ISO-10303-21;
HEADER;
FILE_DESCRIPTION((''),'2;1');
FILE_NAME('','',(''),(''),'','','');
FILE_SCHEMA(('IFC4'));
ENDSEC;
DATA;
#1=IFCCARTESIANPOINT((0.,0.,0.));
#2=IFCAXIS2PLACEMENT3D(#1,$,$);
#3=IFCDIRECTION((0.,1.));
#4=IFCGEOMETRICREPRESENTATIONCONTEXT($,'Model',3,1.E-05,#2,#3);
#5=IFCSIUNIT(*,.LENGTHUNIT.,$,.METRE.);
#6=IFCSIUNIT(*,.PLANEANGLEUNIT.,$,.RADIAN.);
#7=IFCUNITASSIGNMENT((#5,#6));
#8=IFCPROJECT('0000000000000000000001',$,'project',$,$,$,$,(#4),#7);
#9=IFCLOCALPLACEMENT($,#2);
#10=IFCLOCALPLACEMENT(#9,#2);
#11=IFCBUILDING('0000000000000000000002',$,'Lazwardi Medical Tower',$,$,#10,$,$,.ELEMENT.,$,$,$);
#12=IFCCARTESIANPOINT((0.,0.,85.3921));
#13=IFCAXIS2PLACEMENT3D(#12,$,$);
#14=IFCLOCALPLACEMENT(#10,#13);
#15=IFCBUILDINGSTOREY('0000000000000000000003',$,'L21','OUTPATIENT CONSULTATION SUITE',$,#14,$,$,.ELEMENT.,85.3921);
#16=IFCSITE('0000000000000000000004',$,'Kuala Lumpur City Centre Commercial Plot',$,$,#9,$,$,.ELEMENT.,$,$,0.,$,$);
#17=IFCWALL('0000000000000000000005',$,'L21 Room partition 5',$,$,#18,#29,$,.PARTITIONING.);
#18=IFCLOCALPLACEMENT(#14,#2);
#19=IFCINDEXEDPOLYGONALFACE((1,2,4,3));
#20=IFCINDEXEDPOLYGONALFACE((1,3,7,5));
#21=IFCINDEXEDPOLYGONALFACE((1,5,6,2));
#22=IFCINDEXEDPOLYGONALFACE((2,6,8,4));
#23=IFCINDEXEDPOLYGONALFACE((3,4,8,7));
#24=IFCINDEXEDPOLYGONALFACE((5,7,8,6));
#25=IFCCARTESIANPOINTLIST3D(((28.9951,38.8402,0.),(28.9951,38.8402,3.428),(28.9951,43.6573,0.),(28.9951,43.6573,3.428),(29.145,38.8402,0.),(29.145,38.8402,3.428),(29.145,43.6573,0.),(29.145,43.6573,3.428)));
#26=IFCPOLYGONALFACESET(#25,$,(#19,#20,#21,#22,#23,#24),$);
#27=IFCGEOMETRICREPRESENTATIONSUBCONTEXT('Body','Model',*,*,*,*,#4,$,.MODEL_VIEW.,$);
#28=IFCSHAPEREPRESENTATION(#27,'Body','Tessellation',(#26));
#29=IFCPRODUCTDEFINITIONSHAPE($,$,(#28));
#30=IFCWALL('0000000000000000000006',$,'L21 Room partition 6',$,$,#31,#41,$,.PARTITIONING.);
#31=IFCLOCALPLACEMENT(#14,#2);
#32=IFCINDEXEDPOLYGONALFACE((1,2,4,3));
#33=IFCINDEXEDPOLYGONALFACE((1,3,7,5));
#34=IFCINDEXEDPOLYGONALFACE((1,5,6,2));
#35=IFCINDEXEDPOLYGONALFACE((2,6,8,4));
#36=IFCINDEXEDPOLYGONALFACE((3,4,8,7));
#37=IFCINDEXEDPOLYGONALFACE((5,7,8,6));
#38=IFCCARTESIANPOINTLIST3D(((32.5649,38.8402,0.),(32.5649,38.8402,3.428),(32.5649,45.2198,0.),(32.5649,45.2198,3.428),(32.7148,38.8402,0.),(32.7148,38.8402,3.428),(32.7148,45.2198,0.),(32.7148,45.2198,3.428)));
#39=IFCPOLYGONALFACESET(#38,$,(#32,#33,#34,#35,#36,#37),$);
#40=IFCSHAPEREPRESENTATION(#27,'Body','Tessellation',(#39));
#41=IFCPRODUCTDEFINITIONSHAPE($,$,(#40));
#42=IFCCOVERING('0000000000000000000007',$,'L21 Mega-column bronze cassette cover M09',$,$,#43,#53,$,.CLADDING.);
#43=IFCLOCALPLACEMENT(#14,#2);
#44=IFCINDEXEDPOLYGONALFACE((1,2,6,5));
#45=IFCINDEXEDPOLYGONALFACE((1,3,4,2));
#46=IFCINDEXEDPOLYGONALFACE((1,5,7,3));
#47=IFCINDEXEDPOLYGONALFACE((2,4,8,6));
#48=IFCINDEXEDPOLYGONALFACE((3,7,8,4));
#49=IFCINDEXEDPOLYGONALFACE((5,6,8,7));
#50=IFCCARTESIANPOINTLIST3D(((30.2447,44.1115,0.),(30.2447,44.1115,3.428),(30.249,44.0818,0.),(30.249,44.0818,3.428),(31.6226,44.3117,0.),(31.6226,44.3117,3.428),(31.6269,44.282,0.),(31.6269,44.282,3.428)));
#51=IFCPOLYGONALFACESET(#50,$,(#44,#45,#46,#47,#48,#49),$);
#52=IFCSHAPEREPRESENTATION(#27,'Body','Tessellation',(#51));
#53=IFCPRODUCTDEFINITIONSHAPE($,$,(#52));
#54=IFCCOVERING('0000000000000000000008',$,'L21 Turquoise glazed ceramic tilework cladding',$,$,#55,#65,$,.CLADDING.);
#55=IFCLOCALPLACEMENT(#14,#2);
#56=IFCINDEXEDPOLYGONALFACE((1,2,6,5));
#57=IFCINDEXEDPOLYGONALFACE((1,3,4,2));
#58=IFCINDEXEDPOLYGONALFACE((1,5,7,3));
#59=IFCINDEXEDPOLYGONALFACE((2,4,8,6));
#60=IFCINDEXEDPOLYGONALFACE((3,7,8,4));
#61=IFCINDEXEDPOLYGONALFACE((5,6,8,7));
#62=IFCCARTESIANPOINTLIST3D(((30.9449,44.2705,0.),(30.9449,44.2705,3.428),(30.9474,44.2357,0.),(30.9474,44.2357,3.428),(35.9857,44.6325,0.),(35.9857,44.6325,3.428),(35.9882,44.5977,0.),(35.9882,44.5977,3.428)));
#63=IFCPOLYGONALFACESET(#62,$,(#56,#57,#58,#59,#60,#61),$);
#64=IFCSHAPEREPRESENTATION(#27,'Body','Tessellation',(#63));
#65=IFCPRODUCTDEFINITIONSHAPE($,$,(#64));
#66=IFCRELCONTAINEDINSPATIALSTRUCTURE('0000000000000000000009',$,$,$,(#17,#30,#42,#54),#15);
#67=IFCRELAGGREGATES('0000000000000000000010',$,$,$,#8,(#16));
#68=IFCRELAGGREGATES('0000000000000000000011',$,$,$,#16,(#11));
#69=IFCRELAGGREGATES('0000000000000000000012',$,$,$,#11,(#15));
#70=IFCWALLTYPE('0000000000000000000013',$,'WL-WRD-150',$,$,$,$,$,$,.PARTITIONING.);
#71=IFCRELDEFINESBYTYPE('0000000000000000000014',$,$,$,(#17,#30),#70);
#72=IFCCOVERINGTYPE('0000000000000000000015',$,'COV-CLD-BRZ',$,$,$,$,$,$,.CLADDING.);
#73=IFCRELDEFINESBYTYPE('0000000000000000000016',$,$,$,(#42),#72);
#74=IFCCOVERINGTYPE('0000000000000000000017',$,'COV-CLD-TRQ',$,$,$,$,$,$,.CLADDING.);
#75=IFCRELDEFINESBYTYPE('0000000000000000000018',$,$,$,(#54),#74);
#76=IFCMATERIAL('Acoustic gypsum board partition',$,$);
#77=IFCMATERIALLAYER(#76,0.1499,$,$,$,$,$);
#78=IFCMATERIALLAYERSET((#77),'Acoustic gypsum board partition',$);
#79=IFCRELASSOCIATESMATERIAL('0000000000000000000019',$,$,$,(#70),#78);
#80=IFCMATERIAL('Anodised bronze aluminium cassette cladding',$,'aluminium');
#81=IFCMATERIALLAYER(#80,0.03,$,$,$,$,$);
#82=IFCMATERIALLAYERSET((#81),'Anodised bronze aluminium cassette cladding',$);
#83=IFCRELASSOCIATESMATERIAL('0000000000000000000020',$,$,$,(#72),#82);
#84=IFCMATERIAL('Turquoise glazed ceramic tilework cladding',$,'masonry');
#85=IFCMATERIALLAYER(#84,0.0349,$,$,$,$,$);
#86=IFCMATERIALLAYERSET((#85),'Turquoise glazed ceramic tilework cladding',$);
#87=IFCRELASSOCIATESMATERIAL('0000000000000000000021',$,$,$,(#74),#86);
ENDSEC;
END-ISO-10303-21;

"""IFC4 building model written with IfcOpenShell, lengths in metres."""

from ifc_helpers import new_model, si_unit, direction, frame, frame_2d, origin, origin_2d, place, context, subcontext, project, spatial, rectangle, extrude, material, layer, layer_set, type_object, element, save


model = new_model("IFC4")

# Units and contexts
model_context = context("Model", 3, precision=1e-05, world=origin(), true_north=direction((0.0, 1.0)))
body_context = subcontext(model_context, "Body", "Model", "MODEL_VIEW")
ifc_project = project(units=[si_unit("LENGTHUNIT", "METRE"), si_unit("PLANEANGLEUNIT", "RADIAN")], contexts=[model_context])

# Site, building, storey
site_placement = place(None, origin())
site = spatial("IfcSite", under=ifc_project, at=site_placement, Name="Kuala Lumpur City Centre Commercial Plot", CompositionType="ELEMENT", RefElevation=0.0)
building_placement = place(site_placement, origin())
building = spatial("IfcBuilding", under=site, at=building_placement, Name="Lazwardi Medical Tower", CompositionType="ELEMENT")
storey_placement = place(building_placement, frame((0.0, 0.0, 85.3921)))
storey = spatial("IfcBuildingStorey", under=building, at=storey_placement, Name="L21", Description="OUTPATIENT CONSULTATION SUITE", CompositionType="ELEMENT", Elevation=85.3921)

# Walls
ifc_material_1 = material(Name="Acoustic gypsum board partition")
ifc_layer_1 = layer(ifc_material_1, 0.1499)
ifc_layer_set_1 = layer_set([ifc_layer_1], Name="Acoustic gypsum board partition")
wall_type_1 = type_object("IfcWallType", Name="WL-WRD-150", PredefinedType="PARTITIONING", material=ifc_layer_set_1)
wall_1_placement = place(storey_placement, frame((29.0701, 38.8401, 0.0), z_axis=(0.0, 0.0, 1.0), x_axis=(0.0, 1.0, 0.0)))
element("IfcWall", 1, at=wall_1_placement, inside=storey, type_object=wall_type_1, Name="L21 Room partition 5", PredefinedType="PARTITIONING", context=body_context, shape_type="SweptSolid", body=[
    extrude(rectangle(XDim=4.8171, YDim=0.1499, at=frame_2d((2.4087, 0.0))), origin(), (0.0, 0.0, 1.0), 3.428),
])
wall_2_placement = place(storey_placement, frame((32.6399, 38.8401, 0.0), z_axis=(0.0, 0.0, 1.0), x_axis=(0.0, 1.0, 0.0)))
element("IfcWall", 2, at=wall_2_placement, inside=storey, type_object=wall_type_1, Name="L21 Room partition 6", PredefinedType="PARTITIONING", context=body_context, shape_type="SweptSolid", body=[
    extrude(rectangle(XDim=6.3796, YDim=0.1499, at=frame_2d((3.1899, 0.0))), origin(), (0.0, 0.0, 1.0), 3.428),
])

# Coverings
ifc_material_2 = material(Name="Anodised bronze aluminium cassette cladding", Category="aluminium")
ifc_layer_2 = layer(ifc_material_2, 0.03)
ifc_layer_set_2 = layer_set([ifc_layer_2], Name="Anodised bronze aluminium cassette cladding")
covering_type_1 = type_object("IfcCoveringType", Name="COV-CLD-BRZ", PredefinedType="CLADDING", material=ifc_layer_set_2)
covering_1_placement = place(storey_placement, frame((30.9358, 44.1968, 0.0), z_axis=(0.0, 0.0, 1.0), x_axis=(-0.989609, -0.143785, 0.0)))
element("IfcCovering", 3, at=covering_1_placement, inside=storey, type_object=covering_type_1, Name="L21 Mega-column bronze cassette cover M09", PredefinedType="CLADDING", context=body_context, shape_type="SweptSolid", body=[
    extrude(rectangle(XDim=1.3923, YDim=0.03, at=origin_2d()), origin(), (0.0, 0.0, 1.0), 3.428),
])
ifc_material_3 = material(Name="Turquoise glazed ceramic tilework cladding", Category="masonry")
ifc_layer_3 = layer(ifc_material_3, 0.0349)
ifc_layer_set_3 = layer_set([ifc_layer_3], Name="Turquoise glazed ceramic tilework cladding")
covering_type_2 = type_object("IfcCoveringType", Name="COV-CLD-TRQ", PredefinedType="CLADDING", material=ifc_layer_set_3)
covering_2_placement = place(storey_placement, frame((33.4666, 44.4341, 0.0), z_axis=(0.0, 0.0, 1.0), x_axis=(-0.997431, -0.071631, 0.0)))
element("IfcCovering", 4, at=covering_2_placement, inside=storey, type_object=covering_type_2, Name="L21 Turquoise glazed ceramic tilework cladding", PredefinedType="CLADDING", context=body_context, shape_type="SweptSolid", body=[
    extrude(rectangle(XDim=5.0537, YDim=0.0349, at=origin_2d()), origin(), (0.0, 0.0, 1.0), 3.428),
])

save(model, "model.ifc")
